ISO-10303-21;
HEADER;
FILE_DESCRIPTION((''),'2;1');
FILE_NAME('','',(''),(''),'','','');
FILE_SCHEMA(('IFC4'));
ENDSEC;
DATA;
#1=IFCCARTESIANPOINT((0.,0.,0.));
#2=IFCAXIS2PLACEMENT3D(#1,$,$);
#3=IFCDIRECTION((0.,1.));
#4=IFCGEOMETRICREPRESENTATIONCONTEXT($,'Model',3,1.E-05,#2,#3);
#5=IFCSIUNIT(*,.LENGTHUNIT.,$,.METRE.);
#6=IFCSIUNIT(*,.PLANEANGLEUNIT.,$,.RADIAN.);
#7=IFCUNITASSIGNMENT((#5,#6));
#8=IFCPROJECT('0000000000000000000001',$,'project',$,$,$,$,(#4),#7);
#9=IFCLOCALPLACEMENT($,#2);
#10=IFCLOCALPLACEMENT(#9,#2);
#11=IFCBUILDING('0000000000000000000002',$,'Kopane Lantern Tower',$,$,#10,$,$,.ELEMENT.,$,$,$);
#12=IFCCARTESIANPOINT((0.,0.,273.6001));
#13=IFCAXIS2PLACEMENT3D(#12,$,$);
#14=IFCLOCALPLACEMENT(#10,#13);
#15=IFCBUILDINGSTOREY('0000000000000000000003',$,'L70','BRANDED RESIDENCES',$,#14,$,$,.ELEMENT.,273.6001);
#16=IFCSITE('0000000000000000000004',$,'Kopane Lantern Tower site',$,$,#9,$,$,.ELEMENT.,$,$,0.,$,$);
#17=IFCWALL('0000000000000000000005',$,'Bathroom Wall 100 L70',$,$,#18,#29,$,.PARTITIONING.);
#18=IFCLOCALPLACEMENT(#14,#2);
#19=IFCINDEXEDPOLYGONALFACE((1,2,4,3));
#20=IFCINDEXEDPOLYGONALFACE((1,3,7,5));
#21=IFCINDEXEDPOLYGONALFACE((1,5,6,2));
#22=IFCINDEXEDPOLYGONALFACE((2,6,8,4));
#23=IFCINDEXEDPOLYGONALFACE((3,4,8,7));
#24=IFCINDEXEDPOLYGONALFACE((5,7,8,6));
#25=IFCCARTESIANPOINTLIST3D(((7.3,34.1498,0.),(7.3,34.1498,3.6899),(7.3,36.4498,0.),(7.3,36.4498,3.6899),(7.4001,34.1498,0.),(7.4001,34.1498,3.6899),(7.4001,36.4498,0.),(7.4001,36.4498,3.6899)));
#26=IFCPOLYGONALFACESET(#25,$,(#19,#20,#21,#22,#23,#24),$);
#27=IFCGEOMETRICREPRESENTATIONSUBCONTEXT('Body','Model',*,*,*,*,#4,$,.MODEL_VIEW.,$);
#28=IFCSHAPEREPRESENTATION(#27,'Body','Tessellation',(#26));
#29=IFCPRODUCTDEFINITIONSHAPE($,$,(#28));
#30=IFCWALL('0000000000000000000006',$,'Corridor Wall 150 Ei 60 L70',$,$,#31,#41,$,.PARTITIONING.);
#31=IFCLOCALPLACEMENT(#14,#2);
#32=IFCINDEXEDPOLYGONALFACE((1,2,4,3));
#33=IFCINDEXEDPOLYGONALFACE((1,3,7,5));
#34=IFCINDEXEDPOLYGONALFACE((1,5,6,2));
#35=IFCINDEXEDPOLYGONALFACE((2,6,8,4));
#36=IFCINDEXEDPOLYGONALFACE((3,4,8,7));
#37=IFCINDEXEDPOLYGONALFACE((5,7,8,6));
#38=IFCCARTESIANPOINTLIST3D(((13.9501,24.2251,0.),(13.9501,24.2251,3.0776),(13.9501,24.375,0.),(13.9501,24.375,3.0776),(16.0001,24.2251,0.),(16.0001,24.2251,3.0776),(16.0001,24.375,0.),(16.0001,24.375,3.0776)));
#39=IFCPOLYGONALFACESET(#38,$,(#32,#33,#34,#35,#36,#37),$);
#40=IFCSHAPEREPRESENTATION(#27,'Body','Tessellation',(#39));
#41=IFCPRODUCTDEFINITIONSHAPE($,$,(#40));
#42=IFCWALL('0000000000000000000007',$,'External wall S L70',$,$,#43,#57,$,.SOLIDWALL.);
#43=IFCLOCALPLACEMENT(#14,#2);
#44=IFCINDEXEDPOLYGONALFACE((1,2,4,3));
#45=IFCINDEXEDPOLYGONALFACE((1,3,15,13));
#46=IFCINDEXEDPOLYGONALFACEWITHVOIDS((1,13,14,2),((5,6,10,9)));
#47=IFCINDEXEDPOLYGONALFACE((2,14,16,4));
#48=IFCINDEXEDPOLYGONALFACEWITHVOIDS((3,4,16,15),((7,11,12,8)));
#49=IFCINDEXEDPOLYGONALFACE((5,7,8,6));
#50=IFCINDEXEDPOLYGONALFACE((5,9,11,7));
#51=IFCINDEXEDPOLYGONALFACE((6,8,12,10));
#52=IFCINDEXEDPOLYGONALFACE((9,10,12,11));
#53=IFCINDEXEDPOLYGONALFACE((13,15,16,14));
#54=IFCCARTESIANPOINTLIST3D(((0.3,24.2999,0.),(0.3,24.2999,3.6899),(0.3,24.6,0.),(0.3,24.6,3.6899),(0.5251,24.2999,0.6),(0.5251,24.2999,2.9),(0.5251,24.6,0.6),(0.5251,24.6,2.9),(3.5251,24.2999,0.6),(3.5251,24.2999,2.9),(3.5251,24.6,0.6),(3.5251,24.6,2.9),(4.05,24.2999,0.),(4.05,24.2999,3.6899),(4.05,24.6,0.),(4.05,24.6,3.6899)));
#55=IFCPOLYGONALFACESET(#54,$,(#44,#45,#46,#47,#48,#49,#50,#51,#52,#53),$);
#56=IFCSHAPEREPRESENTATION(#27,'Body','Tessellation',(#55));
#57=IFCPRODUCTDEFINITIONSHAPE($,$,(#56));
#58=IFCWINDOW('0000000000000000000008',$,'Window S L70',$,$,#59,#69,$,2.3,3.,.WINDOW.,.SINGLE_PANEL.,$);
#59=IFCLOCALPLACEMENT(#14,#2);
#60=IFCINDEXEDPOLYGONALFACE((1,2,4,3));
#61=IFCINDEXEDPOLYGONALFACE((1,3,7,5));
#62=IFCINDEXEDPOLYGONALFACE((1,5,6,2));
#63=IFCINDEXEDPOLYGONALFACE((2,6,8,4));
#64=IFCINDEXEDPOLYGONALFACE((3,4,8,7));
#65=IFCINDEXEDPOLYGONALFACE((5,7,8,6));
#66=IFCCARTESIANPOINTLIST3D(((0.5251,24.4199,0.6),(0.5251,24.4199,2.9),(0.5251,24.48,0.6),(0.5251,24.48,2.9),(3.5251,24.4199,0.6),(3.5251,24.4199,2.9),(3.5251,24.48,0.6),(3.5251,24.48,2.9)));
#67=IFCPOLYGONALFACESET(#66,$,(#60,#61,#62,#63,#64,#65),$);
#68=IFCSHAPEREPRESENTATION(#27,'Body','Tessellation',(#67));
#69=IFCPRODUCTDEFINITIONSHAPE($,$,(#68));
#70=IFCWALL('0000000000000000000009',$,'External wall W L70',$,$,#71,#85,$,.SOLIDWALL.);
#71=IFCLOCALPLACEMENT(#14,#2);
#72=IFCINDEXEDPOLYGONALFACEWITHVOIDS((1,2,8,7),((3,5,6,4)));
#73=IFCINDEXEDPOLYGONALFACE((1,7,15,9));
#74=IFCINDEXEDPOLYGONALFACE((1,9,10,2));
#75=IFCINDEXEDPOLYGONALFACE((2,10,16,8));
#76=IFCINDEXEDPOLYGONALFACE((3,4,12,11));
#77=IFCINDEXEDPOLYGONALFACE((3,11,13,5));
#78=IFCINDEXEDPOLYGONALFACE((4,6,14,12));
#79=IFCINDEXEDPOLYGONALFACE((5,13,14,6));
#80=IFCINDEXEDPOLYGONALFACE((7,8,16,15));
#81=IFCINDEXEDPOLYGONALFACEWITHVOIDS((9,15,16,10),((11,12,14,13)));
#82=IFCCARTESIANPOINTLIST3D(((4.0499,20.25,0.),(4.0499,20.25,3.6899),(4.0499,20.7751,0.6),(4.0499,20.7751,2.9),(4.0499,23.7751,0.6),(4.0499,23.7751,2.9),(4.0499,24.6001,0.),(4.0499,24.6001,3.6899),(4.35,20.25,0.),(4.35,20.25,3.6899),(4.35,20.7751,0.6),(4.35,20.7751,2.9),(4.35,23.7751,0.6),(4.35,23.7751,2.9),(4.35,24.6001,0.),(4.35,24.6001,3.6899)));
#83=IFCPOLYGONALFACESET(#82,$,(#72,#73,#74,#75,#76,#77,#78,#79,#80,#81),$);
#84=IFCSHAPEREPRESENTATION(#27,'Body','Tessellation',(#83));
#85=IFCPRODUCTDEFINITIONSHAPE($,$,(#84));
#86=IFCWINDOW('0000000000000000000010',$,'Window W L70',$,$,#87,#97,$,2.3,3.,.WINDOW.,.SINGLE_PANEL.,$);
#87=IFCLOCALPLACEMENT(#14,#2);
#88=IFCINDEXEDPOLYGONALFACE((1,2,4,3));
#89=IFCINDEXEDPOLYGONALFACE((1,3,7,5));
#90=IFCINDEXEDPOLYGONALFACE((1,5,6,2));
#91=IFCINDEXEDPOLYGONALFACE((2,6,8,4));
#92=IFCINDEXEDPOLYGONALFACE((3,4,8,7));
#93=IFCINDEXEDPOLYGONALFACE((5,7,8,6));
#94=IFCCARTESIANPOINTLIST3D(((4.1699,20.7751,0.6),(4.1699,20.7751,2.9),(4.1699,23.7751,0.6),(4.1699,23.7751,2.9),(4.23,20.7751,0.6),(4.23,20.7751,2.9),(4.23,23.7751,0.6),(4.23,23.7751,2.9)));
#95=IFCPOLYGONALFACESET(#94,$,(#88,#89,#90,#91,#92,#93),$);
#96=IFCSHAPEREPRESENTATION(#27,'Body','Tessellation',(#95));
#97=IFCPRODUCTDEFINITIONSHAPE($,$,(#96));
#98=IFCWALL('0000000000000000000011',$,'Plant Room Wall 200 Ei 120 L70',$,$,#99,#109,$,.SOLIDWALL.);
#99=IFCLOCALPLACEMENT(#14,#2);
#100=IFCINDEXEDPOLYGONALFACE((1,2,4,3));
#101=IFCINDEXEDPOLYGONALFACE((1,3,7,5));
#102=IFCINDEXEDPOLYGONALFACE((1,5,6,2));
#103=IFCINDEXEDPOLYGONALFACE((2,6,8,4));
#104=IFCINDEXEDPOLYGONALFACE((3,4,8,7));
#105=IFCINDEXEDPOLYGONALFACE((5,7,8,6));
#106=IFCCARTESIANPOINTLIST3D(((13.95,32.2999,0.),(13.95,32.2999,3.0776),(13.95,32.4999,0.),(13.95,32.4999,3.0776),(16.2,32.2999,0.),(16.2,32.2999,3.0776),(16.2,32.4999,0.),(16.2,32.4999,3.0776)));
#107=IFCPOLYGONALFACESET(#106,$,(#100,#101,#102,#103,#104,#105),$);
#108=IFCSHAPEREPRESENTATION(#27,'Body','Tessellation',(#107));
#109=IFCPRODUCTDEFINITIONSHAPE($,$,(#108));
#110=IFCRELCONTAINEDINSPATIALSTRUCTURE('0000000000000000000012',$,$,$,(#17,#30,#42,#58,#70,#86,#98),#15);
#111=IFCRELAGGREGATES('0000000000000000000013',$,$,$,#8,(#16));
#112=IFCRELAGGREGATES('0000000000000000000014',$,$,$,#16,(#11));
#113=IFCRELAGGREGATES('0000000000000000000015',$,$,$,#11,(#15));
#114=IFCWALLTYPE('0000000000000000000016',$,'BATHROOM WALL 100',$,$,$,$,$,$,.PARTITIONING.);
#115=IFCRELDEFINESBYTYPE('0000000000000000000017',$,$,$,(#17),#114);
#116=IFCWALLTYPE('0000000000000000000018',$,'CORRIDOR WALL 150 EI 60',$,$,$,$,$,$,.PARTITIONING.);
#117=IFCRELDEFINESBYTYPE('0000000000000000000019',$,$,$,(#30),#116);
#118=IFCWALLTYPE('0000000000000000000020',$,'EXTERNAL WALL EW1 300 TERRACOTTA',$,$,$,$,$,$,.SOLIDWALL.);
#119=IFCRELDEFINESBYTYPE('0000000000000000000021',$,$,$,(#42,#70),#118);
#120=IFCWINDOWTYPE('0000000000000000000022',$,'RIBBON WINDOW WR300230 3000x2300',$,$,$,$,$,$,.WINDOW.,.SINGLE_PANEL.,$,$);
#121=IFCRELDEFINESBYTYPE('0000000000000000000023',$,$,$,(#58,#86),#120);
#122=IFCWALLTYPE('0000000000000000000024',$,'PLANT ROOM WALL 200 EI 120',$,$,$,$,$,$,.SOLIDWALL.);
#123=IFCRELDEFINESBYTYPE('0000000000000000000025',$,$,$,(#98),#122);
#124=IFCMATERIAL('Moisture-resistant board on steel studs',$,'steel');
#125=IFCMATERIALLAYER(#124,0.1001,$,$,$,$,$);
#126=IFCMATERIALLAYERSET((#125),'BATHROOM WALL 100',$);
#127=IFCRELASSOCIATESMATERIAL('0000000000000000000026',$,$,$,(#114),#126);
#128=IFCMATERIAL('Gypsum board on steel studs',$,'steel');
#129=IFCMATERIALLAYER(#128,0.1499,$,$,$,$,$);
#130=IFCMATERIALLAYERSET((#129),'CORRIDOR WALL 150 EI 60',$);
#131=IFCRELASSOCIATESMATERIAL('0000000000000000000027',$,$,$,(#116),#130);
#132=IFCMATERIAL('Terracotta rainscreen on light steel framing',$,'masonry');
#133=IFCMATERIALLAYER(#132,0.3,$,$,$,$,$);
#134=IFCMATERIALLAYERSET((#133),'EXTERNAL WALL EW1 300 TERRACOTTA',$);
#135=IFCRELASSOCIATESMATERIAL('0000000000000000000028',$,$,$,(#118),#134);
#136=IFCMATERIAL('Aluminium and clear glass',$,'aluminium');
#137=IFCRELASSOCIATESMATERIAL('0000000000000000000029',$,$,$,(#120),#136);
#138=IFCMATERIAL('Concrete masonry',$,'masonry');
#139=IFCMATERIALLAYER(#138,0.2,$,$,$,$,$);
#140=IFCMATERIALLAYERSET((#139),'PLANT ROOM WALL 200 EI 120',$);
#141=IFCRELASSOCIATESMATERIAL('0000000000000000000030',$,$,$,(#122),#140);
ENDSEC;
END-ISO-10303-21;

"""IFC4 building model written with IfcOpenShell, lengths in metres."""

from ifc_helpers import new_model, si_unit, direction, frame, frame_2d, origin, place, context, subcontext, project, spatial, rectangle, extrude, material, layer, layer_set, type_object, element, fill, save


model = new_model("IFC4")

# Units and contexts
model_context = context("Model", 3, precision=1e-05, world=origin(), true_north=direction((0.0, 1.0)))
body_context = subcontext(model_context, "Body", "Model", "MODEL_VIEW")
ifc_project = project(units=[si_unit("LENGTHUNIT", "METRE"), si_unit("PLANEANGLEUNIT", "RADIAN")], contexts=[model_context])

# Site, building, storey
site_placement = place(None, origin())
site = spatial("IfcSite", under=ifc_project, at=site_placement, Name="Kopane Lantern Tower site", CompositionType="ELEMENT", RefElevation=0.0)
building_placement = place(site_placement, origin())
building = spatial("IfcBuilding", under=site, at=building_placement, Name="Kopane Lantern Tower", CompositionType="ELEMENT")
storey_placement = place(building_placement, frame((0.0, 0.0, 273.6001)))
storey = spatial("IfcBuildingStorey", under=building, at=storey_placement, Name="L70", Description="BRANDED RESIDENCES", CompositionType="ELEMENT", Elevation=273.6001)

# Shared definitions
ifc_material_1 = material(Name="Moisture-resistant board on steel studs", Category="steel")
ifc_layer_1 = layer(ifc_material_1, 0.1001)
ifc_layer_set_1 = layer_set([ifc_layer_1], Name="BATHROOM WALL 100")
wall_type_1 = type_object("IfcWallType", Name="BATHROOM WALL 100", PredefinedType="PARTITIONING", material=ifc_layer_set_1)

# Walls
wall_1_placement = place(storey_placement, frame((7.3501, 34.1499, 0.0), z_axis=(0.0, 0.0, 1.0), x_axis=(0.0, 1.0, 0.0)))
element("IfcWall", 1, at=wall_1_placement, inside=storey, type_object=wall_type_1, Name="Bathroom Wall 100 L70", PredefinedType="PARTITIONING", context=body_context, shape_type="SweptSolid", body=[
    extrude(rectangle(XDim=2.3, YDim=0.1001, at=frame_2d((1.1499, 0.0))), origin(), (0.0, 0.0, 1.0), 3.6899),
])
ifc_material_2 = material(Name="Gypsum board on steel studs", Category="steel")
ifc_layer_2 = layer(ifc_material_2, 0.1499)
ifc_layer_set_2 = layer_set([ifc_layer_2], Name="CORRIDOR WALL 150 EI 60")
wall_type_2 = type_object("IfcWallType", Name="CORRIDOR WALL 150 EI 60", PredefinedType="PARTITIONING", material=ifc_layer_set_2)
wall_2_placement = place(storey_placement, frame((16.0, 24.3, 0.0), z_axis=(0.0, 0.0, 1.0), x_axis=(-1.0, 0.0, 0.0)))
element("IfcWall", 2, at=wall_2_placement, inside=storey, type_object=wall_type_2, Name="Corridor Wall 150 Ei 60 L70", PredefinedType="PARTITIONING", context=body_context, shape_type="SweptSolid", body=[
    extrude(rectangle(XDim=2.05, YDim=0.1499, at=frame_2d((1.0249, 0.0))), origin(), (0.0, 0.0, 1.0), 3.0776),
])

# Walls, openings, windows
ifc_material_3 = material(Name="Terracotta rainscreen on light steel framing", Category="masonry")
ifc_layer_3 = layer(ifc_material_3, 0.3)
ifc_layer_set_3 = layer_set([ifc_layer_3], Name="EXTERNAL WALL EW1 300 TERRACOTTA")
wall_type_3 = type_object("IfcWallType", Name="EXTERNAL WALL EW1 300 TERRACOTTA", PredefinedType="SOLIDWALL", material=ifc_layer_set_3)
wall_3_placement = place(storey_placement, frame((0.3, 24.45, 0.0), z_axis=(0.0, 0.0, 1.0), x_axis=(1.0, 0.0, 0.0)))
wall_3 = element("IfcWall", 3, at=wall_3_placement, inside=storey, type_object=wall_type_3, Name="External wall S L70", PredefinedType="SOLIDWALL", context=body_context, shape_type="SweptSolid", body=[
    extrude(rectangle(XDim=3.75, YDim=0.3, at=frame_2d((1.875, 0.0))), origin(), (0.0, 0.0, 1.0), 3.6899),
])
opening_1_placement = place(wall_3_placement, frame((0.2251, 0.0, 0.6001)))
opening_1 = element("IfcOpeningElement", 4, at=opening_1_placement, cuts=wall_3, PredefinedType="OPENING", context=body_context, shape_type="SweptSolid", body=[
    extrude(rectangle(XDim=3.0, YDim=2.3, at=frame_2d((1.5, 1.1499))), frame((0.0, 0.1599, 0.0), z_axis=(0.0, -1.0, 0.0), x_axis=(1.0, 0.0, 0.0)), (0.0, 0.0, 1.0), 0.3201),
])
ifc_material_4 = material(Name="Aluminium and clear glass", Category="aluminium")
window_type = type_object("IfcWindowType", Name="RIBBON WINDOW WR300230 3000x2300", PartitioningType="SINGLE_PANEL", PredefinedType="WINDOW", material=ifc_material_4)
window_1_placement = place(opening_1_placement, origin())
window_1 = element("IfcWindow", 5, at=window_1_placement, inside=storey, type_object=window_type, Name="Window S L70", OverallHeight=2.3, OverallWidth=3.0, PartitioningType="SINGLE_PANEL", PredefinedType="WINDOW", context=body_context, shape_type="SweptSolid", body=[
    extrude(rectangle(XDim=3.0, YDim=2.3, at=frame_2d((1.5, 1.1499))), frame((0.0, 0.03, 0.0), z_axis=(0.0, -1.0, 0.0), x_axis=(1.0, 0.0, 0.0)), (0.0, 0.0, 1.0), 0.0601),
])
fill(opening_1, window_1)
wall_4_placement = place(storey_placement, frame((4.2, 24.6001, 0.0), z_axis=(0.0, 0.0, 1.0), x_axis=(0.0, -1.0, 0.0)))
wall_4 = element("IfcWall", 6, at=wall_4_placement, inside=storey, type_object=wall_type_3, Name="External wall W L70", PredefinedType="SOLIDWALL", context=body_context, shape_type="SweptSolid", body=[
    extrude(rectangle(XDim=4.3501, YDim=0.3, at=frame_2d((2.175, 0.0))), origin(), (0.0, 0.0, 1.0), 3.6899),
])
opening_2_placement = place(wall_4_placement, frame((0.825, 0.0, 0.6001)))
opening_2 = element("IfcOpeningElement", 7, at=opening_2_placement, cuts=wall_4, PredefinedType="OPENING", context=body_context, shape_type="SweptSolid", body=[
    extrude(rectangle(XDim=3.0, YDim=2.3, at=frame_2d((1.5, 1.1499))), frame((0.0, 0.1599, 0.0), z_axis=(0.0, -1.0, 0.0), x_axis=(1.0, 0.0, 0.0)), (0.0, 0.0, 1.0), 0.3201),
])
window_2_placement = place(opening_2_placement, origin())
window_2 = element("IfcWindow", 8, at=window_2_placement, inside=storey, type_object=window_type, Name="Window W L70", OverallHeight=2.3, OverallWidth=3.0, PartitioningType="SINGLE_PANEL", PredefinedType="WINDOW", context=body_context, shape_type="SweptSolid", body=[
    extrude(rectangle(XDim=3.0, YDim=2.3, at=frame_2d((1.5, 1.1499))), frame((0.0, 0.03, 0.0), z_axis=(0.0, -1.0, 0.0), x_axis=(1.0, 0.0, 0.0)), (0.0, 0.0, 1.0), 0.0601),
])
fill(opening_2, window_2)

# Wall
ifc_material_5 = material(Name="Concrete masonry", Category="masonry")
ifc_layer_4 = layer(ifc_material_5, 0.2)
ifc_layer_set_4 = layer_set([ifc_layer_4], Name="PLANT ROOM WALL 200 EI 120")
wall_type_4 = type_object("IfcWallType", Name="PLANT ROOM WALL 200 EI 120", PredefinedType="SOLIDWALL", material=ifc_layer_set_4)
wall_5_placement = place(storey_placement, frame((13.95, 32.3999, 0.0), z_axis=(0.0, 0.0, 1.0), x_axis=(1.0, 0.0, 0.0)))
element("IfcWall", 9, at=wall_5_placement, inside=storey, type_object=wall_type_4, Name="Plant Room Wall 200 Ei 120 L70", PredefinedType="SOLIDWALL", context=body_context, shape_type="SweptSolid", body=[
    extrude(rectangle(XDim=2.25, YDim=0.2, at=frame_2d((1.125, 0.0))), origin(), (0.0, 0.0, 1.0), 3.0776),
])

save(model, "model.ifc")
